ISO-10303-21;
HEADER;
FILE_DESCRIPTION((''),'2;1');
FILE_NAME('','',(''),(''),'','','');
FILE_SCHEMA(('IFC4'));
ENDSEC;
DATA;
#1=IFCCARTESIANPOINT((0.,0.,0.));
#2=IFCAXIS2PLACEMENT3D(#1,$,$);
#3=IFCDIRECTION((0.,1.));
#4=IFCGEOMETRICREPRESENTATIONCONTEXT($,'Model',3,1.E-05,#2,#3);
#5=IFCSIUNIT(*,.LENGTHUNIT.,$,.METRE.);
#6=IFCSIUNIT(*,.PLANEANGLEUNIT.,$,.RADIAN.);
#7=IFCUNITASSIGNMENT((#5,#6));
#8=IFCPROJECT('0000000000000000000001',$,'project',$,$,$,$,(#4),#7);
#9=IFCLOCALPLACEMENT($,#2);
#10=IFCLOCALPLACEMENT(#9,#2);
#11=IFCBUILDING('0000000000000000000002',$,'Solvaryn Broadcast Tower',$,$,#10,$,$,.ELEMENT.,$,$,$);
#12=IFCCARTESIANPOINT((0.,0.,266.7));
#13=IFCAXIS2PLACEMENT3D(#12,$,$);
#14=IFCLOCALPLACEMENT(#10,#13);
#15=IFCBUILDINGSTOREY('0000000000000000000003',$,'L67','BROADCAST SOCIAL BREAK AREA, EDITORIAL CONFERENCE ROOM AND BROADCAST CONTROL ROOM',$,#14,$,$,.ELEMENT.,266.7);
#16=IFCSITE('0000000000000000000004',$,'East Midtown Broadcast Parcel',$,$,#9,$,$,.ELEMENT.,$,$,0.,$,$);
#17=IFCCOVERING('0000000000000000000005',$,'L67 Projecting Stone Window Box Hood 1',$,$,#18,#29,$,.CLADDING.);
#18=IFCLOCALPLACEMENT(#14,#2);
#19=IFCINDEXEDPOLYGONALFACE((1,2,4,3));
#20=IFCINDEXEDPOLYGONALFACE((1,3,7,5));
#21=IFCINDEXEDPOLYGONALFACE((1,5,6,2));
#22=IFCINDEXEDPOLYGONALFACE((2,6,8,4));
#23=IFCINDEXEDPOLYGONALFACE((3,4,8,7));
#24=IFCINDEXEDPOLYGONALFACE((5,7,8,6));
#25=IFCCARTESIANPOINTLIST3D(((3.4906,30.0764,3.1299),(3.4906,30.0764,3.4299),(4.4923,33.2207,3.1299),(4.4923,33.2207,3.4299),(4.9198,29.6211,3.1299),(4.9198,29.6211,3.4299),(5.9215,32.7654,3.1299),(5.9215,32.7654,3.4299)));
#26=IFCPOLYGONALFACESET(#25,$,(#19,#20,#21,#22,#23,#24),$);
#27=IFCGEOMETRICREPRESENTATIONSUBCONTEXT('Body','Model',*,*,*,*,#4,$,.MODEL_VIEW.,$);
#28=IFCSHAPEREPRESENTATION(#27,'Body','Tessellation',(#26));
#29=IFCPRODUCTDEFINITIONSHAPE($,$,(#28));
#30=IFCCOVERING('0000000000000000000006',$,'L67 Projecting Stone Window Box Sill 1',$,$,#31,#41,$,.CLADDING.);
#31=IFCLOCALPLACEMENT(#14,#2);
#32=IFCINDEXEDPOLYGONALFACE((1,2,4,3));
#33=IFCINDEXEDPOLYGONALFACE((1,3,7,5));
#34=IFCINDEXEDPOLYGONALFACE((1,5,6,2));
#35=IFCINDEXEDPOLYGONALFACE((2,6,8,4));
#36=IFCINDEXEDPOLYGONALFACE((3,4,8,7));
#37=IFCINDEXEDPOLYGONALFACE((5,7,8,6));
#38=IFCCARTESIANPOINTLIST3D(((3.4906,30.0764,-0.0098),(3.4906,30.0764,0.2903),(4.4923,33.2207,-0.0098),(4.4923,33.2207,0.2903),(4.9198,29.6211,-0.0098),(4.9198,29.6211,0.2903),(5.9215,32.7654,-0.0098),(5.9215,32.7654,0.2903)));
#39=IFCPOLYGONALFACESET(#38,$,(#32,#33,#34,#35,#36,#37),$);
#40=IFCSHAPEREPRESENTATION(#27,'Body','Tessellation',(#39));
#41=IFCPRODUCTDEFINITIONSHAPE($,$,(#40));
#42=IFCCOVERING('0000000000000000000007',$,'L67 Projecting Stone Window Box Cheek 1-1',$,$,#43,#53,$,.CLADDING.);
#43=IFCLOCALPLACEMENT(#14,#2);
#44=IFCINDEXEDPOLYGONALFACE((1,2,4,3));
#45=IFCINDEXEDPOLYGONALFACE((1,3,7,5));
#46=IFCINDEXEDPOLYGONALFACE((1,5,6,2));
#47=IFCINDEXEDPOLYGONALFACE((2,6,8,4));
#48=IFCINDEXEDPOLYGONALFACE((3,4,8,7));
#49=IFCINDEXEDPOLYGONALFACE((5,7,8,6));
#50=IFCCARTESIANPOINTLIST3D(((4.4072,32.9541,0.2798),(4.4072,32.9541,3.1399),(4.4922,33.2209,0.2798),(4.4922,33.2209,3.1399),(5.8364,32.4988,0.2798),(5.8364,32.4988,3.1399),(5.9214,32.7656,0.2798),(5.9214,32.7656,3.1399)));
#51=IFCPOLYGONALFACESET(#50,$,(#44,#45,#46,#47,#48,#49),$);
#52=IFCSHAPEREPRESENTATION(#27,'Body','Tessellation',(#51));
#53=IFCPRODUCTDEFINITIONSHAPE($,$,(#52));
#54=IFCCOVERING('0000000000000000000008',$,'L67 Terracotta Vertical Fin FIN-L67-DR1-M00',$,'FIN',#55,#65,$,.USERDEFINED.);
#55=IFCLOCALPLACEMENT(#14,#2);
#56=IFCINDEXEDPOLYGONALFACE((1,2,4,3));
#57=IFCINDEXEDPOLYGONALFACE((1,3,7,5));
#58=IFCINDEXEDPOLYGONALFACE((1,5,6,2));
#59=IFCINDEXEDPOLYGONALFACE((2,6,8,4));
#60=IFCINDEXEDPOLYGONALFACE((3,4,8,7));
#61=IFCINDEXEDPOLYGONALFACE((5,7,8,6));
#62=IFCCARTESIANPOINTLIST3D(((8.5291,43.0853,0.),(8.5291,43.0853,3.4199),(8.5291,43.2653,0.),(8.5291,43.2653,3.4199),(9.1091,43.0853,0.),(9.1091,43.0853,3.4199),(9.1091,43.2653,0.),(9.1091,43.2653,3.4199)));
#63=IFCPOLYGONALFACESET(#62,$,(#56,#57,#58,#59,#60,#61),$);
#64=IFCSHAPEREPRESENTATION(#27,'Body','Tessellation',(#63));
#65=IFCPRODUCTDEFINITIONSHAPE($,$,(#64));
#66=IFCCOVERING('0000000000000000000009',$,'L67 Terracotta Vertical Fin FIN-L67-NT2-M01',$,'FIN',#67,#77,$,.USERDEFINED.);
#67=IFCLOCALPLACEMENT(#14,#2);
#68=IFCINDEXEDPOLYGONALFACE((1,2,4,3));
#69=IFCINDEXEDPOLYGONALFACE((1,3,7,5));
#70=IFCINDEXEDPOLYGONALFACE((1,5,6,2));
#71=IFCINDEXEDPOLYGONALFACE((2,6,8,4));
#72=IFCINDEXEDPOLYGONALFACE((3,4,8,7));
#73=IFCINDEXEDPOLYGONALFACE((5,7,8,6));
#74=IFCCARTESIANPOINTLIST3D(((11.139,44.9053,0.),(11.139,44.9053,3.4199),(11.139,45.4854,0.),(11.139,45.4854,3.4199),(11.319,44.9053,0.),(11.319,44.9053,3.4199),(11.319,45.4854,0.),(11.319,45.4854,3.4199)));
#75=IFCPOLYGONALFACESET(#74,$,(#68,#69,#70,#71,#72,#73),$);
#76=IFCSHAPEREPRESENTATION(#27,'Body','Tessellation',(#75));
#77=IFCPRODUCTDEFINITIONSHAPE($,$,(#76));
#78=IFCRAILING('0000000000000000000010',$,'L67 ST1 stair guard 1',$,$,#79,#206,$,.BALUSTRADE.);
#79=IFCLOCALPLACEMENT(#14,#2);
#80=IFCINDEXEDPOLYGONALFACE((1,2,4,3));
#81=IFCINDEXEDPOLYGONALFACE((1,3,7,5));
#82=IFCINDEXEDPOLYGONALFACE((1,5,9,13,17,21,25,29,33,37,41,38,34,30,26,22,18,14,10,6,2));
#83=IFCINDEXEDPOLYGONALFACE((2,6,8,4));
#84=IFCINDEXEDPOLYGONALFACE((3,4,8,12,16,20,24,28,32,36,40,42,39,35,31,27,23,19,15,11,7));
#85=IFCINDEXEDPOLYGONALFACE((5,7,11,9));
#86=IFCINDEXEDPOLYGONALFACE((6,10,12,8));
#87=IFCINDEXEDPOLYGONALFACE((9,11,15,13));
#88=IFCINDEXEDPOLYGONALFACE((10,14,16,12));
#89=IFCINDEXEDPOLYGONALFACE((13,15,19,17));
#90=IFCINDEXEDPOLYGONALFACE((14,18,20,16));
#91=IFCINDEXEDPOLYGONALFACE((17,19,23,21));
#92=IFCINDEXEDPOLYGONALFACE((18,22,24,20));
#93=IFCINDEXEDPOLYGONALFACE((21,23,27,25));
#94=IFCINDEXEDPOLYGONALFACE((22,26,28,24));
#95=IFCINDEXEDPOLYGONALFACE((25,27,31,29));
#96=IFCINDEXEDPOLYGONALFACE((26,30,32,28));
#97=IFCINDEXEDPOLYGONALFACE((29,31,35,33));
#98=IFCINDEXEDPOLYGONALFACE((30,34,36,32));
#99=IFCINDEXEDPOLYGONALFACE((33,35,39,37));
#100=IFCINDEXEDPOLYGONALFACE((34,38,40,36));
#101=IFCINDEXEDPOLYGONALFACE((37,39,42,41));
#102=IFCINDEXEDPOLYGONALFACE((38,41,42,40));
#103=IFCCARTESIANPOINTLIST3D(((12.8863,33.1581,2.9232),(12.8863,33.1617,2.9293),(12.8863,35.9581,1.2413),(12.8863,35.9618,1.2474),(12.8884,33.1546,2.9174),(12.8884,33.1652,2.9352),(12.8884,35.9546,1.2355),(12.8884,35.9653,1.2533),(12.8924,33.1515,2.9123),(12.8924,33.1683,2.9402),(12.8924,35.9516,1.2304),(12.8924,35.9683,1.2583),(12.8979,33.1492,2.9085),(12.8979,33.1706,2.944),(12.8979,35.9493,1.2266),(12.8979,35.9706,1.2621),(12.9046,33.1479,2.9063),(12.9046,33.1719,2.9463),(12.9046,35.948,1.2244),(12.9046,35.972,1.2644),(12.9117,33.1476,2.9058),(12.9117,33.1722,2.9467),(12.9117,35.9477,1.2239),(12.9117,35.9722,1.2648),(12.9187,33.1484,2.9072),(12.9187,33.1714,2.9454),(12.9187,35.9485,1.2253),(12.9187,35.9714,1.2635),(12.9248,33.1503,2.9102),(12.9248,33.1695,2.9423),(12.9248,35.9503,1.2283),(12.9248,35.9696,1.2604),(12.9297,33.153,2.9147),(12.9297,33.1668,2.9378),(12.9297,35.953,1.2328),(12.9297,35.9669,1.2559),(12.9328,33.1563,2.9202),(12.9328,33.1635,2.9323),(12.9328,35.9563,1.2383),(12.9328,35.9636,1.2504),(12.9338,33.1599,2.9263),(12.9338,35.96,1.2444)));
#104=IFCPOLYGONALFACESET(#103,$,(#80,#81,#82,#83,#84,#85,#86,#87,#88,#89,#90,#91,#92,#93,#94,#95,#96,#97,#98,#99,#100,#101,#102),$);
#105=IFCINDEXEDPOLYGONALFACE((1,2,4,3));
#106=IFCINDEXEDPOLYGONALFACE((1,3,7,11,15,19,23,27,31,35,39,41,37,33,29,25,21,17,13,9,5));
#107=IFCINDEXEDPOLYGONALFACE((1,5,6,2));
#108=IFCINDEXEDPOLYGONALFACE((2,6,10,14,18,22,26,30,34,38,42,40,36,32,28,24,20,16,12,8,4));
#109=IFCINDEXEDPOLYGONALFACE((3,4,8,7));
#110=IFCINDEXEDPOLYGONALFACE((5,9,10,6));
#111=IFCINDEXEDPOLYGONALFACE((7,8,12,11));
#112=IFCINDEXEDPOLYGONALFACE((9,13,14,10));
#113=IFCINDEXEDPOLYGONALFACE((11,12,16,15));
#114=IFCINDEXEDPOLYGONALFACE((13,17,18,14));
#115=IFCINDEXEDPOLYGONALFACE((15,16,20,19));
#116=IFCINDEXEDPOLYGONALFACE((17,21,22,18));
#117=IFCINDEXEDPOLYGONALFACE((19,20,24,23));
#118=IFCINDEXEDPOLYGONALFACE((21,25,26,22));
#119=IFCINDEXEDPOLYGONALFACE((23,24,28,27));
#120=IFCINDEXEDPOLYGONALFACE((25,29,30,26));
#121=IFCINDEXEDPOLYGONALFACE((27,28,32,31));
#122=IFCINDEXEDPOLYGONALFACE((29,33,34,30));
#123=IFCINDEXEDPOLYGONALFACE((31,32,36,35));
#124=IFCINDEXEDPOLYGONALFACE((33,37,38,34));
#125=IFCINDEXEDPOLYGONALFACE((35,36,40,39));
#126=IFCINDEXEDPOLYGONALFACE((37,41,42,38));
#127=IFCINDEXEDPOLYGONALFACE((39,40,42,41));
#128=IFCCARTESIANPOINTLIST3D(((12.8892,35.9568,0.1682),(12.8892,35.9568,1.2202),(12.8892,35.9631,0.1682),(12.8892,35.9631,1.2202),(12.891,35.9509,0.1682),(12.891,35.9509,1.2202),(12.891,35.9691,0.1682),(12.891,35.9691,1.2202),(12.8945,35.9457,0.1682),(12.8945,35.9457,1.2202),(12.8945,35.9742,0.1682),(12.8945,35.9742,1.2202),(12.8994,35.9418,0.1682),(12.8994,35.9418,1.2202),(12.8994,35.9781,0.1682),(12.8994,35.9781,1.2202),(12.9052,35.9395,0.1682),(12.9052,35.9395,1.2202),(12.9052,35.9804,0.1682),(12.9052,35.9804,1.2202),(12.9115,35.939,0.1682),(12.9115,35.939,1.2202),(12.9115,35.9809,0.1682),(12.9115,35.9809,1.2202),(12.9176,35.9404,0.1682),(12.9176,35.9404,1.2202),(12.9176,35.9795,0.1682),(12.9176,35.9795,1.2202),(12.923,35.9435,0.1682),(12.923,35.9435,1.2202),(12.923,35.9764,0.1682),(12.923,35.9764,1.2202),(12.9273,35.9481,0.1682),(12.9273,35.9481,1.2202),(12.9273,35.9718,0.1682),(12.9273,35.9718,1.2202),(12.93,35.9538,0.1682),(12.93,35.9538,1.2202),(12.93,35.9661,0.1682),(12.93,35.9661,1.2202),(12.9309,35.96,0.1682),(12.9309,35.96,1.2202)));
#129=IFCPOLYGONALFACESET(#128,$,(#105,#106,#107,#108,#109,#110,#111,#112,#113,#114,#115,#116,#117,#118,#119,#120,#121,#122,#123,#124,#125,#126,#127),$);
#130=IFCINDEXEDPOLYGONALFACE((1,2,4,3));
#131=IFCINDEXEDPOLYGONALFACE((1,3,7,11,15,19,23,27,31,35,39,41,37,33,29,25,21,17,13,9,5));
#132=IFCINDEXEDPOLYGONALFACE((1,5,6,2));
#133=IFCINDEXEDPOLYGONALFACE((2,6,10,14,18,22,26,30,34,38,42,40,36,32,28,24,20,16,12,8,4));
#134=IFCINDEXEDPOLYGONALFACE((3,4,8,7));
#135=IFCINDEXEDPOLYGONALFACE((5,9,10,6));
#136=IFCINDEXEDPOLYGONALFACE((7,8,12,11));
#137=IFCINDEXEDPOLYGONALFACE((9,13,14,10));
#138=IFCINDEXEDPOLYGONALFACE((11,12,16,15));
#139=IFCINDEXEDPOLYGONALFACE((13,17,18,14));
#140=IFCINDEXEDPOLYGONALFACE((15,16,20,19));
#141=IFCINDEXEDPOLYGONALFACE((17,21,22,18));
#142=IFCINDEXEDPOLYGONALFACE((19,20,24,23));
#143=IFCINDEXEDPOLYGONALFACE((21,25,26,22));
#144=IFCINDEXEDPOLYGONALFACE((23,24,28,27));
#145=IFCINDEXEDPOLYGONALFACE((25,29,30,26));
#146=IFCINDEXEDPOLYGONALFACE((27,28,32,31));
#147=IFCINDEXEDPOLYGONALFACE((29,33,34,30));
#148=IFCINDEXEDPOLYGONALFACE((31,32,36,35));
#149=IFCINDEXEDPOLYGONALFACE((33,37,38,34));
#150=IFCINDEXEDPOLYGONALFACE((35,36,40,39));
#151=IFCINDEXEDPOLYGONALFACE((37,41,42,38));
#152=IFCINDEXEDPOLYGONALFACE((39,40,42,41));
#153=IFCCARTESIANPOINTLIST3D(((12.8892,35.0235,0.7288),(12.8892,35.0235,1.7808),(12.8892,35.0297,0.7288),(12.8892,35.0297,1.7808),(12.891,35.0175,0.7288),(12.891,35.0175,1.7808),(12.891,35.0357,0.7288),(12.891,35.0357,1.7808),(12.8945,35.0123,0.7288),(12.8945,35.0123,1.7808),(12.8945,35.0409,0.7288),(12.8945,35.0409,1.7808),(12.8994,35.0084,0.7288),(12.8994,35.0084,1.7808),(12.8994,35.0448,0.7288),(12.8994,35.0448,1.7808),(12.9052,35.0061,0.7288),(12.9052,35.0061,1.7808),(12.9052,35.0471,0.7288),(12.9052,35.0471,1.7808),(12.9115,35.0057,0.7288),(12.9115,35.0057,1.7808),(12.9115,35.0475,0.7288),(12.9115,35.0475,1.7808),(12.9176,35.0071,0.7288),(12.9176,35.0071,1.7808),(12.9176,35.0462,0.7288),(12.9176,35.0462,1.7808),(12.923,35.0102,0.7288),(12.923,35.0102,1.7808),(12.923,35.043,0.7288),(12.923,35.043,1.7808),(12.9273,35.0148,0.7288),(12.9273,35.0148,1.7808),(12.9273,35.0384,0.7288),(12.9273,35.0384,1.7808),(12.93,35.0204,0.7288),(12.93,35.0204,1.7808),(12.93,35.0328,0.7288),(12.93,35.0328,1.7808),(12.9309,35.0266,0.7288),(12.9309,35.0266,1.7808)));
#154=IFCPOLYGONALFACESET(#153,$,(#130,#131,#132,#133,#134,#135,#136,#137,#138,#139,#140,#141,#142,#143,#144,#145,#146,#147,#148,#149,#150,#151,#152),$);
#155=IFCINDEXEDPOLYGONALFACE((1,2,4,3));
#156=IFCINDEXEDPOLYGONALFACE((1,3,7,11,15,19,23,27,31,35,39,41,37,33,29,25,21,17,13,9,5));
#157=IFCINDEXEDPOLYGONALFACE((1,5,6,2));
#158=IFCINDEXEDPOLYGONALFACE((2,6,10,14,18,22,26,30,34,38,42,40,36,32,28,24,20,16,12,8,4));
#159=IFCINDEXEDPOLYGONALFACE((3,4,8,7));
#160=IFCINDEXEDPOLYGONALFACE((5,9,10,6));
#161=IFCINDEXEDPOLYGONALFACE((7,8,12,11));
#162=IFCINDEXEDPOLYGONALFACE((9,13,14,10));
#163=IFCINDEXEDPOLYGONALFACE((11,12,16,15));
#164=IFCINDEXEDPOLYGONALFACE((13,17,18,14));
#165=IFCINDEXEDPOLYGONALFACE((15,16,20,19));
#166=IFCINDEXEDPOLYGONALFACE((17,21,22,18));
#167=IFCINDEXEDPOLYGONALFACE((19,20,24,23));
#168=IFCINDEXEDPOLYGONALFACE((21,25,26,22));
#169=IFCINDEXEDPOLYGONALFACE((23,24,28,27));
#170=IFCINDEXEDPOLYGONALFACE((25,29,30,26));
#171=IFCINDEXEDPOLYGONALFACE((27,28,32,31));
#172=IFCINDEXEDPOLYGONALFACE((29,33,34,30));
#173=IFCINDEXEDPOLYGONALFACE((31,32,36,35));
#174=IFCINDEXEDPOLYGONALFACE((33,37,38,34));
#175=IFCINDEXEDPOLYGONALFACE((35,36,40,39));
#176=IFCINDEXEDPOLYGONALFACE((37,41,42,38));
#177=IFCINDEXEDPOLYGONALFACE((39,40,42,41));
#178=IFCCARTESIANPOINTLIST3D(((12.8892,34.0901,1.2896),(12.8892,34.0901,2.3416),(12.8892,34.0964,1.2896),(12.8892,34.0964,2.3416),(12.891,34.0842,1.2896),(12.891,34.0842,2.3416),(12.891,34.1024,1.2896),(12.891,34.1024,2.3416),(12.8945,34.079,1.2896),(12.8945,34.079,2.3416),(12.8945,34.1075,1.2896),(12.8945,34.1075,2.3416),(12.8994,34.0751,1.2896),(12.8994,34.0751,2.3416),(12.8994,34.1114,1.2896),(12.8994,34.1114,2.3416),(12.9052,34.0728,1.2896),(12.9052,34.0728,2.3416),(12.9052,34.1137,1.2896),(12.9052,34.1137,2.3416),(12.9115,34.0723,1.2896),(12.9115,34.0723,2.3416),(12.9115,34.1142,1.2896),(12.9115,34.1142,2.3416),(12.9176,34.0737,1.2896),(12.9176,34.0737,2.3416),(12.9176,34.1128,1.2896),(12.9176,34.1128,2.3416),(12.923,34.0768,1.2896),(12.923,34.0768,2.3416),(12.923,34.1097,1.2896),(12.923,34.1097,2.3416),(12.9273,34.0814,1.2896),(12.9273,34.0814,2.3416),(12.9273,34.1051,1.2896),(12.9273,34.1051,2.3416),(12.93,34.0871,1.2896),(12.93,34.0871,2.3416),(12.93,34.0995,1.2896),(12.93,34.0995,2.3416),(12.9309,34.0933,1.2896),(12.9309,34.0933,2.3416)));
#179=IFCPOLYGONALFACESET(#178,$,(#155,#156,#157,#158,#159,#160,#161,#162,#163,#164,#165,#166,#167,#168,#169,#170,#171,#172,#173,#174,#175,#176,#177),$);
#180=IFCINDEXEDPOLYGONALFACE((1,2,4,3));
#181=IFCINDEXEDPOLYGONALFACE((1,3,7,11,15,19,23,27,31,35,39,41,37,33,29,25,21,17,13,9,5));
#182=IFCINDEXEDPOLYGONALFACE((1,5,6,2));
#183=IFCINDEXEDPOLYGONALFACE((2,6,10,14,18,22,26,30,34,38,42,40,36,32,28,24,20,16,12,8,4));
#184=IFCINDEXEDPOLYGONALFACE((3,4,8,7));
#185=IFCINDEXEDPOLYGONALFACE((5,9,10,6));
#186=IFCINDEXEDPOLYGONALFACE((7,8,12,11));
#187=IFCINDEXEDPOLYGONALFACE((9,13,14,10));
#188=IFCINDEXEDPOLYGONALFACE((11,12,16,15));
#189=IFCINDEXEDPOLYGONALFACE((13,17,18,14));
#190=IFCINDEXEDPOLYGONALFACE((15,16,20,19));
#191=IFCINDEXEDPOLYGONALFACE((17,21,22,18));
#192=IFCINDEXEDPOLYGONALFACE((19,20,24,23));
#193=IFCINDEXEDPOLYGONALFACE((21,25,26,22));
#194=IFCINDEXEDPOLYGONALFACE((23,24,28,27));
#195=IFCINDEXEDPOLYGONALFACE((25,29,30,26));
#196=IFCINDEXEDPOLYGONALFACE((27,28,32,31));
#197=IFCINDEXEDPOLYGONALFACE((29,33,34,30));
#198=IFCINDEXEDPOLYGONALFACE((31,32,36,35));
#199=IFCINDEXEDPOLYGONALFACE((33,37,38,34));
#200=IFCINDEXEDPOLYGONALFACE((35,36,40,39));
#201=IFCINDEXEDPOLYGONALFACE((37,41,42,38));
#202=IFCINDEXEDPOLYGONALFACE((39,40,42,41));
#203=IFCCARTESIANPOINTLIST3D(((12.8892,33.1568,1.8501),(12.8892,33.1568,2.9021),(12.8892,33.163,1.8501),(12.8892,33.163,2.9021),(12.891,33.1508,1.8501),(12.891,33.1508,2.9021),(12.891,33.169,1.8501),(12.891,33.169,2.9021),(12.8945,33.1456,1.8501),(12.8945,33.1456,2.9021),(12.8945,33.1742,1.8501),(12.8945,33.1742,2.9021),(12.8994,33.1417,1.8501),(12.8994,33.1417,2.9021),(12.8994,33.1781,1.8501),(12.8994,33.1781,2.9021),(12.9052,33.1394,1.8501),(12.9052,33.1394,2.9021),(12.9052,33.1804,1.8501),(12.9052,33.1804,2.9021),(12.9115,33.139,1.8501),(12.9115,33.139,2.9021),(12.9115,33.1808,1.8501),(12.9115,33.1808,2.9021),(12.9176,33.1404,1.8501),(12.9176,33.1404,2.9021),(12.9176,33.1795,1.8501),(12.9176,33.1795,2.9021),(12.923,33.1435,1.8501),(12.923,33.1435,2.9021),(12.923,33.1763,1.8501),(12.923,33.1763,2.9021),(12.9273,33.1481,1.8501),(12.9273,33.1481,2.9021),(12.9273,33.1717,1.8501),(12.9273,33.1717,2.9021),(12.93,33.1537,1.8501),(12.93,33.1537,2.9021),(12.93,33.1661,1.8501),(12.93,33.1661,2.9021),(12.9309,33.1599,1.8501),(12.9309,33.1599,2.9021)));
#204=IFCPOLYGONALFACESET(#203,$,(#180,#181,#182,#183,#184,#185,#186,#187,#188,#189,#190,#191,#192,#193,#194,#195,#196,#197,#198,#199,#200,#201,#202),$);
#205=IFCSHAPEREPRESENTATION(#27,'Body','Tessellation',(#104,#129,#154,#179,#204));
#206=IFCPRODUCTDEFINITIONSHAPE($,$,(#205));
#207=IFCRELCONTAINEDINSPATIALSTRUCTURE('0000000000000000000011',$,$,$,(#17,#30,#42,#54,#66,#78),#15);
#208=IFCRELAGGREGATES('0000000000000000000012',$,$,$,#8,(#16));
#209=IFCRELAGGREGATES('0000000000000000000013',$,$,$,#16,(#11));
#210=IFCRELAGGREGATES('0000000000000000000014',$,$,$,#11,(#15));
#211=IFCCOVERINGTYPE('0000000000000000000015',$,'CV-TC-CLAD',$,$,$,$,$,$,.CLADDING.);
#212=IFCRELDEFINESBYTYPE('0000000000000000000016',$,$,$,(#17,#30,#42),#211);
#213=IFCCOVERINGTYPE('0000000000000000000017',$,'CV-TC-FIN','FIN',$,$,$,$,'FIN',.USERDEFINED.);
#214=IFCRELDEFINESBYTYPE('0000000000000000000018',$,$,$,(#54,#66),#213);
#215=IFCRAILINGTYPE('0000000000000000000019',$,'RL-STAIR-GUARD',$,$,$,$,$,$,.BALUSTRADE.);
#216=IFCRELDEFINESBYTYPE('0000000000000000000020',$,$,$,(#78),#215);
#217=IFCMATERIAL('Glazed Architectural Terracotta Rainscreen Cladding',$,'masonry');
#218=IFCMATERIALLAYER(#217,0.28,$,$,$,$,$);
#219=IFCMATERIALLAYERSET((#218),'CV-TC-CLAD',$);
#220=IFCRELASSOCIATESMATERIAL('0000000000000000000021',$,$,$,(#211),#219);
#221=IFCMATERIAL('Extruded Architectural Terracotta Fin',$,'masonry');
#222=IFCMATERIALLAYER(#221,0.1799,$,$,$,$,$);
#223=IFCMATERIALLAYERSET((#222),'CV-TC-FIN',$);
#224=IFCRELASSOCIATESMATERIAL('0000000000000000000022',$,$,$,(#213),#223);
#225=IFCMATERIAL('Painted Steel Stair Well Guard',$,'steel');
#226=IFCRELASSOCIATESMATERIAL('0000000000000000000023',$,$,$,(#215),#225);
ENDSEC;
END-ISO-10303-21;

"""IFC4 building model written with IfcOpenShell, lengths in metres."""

from ifc_helpers import new_model, si_unit, direction, frame, origin, origin_2d, place, context, subcontext, project, spatial, rectangle, circle, extrude, material, layer, layer_set, type_object, element, save


model = new_model("IFC4")

# Units and contexts
model_context = context("Model", 3, precision=1e-05, world=origin(), true_north=direction((0.0, 1.0)))
body_context = subcontext(model_context, "Body", "Model", "MODEL_VIEW")
ifc_project = project(units=[si_unit("LENGTHUNIT", "METRE"), si_unit("PLANEANGLEUNIT", "RADIAN")], contexts=[model_context])

# Site, building, storey
site_placement = place(None, origin())
site = spatial("IfcSite", under=ifc_project, at=site_placement, Name="East Midtown Broadcast Parcel", CompositionType="ELEMENT", RefElevation=0.0)
building_placement = place(site_placement, origin())
building = spatial("IfcBuilding", under=site, at=building_placement, Name="Solvaryn Broadcast Tower", CompositionType="ELEMENT")
storey_placement = place(building_placement, frame((0.0, 0.0, 266.7)))
storey = spatial("IfcBuildingStorey", under=building, at=storey_placement, Name="L67", Description="BROADCAST SOCIAL BREAK AREA, EDITORIAL CONFERENCE ROOM AND BROADCAST CONTROL ROOM", CompositionType="ELEMENT", Elevation=266.7)

# Coverings
ifc_material_1 = material(Name="Glazed Architectural Terracotta Rainscreen Cladding", Category="masonry")
ifc_layer_1 = layer(ifc_material_1, 0.28)
ifc_layer_set_1 = layer_set([ifc_layer_1], Name="CV-TC-CLAD")
covering_type_1 = type_object("IfcCoveringType", Name="CV-TC-CLAD", PredefinedType="CLADDING", material=ifc_layer_set_1)
for number, where, z_axis, x_axis, name in (
    (1, (4.7061, 31.4209, 3.1299), (0.0, 0.0, 1.0), (-0.303534, -0.952821, 0.0), "L67 Projecting Stone Window Box Hood 1"),
    (2, (4.7061, 31.4209, -0.0098), (0.0, 0.0, 1.0), (-0.303534, -0.952821, 0.0), "L67 Projecting Stone Window Box Sill 1"),
):
    element("IfcCovering", number, at=place(storey_placement, frame(where, z_axis=z_axis, x_axis=x_axis)), inside=storey, type_object=covering_type_1, Name=name, PredefinedType="CLADDING", context=body_context, shape_type="SweptSolid", body=[
        extrude(rectangle(XDim=3.3, YDim=1.5, at=origin_2d()), origin(), (0.0, 0.0, 1.0), 0.3),
    ])
covering_1_placement = place(storey_placement, frame((5.1643, 32.8599, 0.2798), z_axis=(0.0, 0.0, 1.0), x_axis=(-0.303534, -0.952821, 0.0)))
element("IfcCovering", 3, at=covering_1_placement, inside=storey, type_object=covering_type_1, Name="L67 Projecting Stone Window Box Cheek 1-1", PredefinedType="CLADDING", context=body_context, shape_type="SweptSolid", body=[
    extrude(rectangle(XDim=0.28, YDim=1.5, at=origin_2d()), origin(), (0.0, 0.0, 1.0), 2.8601),
])
ifc_material_2 = material(Name="Extruded Architectural Terracotta Fin", Category="masonry")
ifc_layer_2 = layer(ifc_material_2, 0.1799)
ifc_layer_set_2 = layer_set([ifc_layer_2], Name="CV-TC-FIN")
covering_type_2 = type_object("IfcCoveringType", Name="CV-TC-FIN", Description="FIN", ElementType="FIN", PredefinedType="USERDEFINED", material=ifc_layer_set_2)
covering_2_placement = place(storey_placement, frame((8.8191, 43.1753, 0.0), z_axis=(0.0, 0.0, 1.0), x_axis=(1.0, 0.0, 0.0)))
element("IfcCovering", 4, at=covering_2_placement, inside=storey, type_object=covering_type_2, Name="L67 Terracotta Vertical Fin FIN-L67-DR1-M00", ObjectType="FIN", PredefinedType="USERDEFINED", context=body_context, shape_type="SweptSolid", body=[
    extrude(rectangle(XDim=0.5801, YDim=0.1799, at=origin_2d()), origin(), (0.0, 0.0, 1.0), 3.4199),
])
covering_3_placement = place(storey_placement, frame((11.229, 45.1953, 0.0), z_axis=(0.0, 0.0, 1.0), x_axis=(1.0, 0.0, 0.0)))
element("IfcCovering", 5, at=covering_3_placement, inside=storey, type_object=covering_type_2, Name="L67 Terracotta Vertical Fin FIN-L67-NT2-M01", ObjectType="FIN", PredefinedType="USERDEFINED", context=body_context, shape_type="SweptSolid", body=[
    extrude(rectangle(XDim=0.1799, YDim=0.5801, at=origin_2d()), origin(), (0.0, 0.0, 1.0), 3.4199),
])

# Railing
ifc_material_3 = material(Name="Painted Steel Stair Well Guard", Category="steel")
railing_type_1 = type_object("IfcRailingType", Name="RL-STAIR-GUARD", PredefinedType="BALUSTRADE", material=ifc_material_3)
railing_1_placement = place(storey_placement, frame((12.9099, 35.96, 0.1682)))
element("IfcRailing", 6, at=railing_1_placement, inside=storey, type_object=railing_type_1, Name="L67 ST1 stair guard 1", PredefinedType="BALUSTRADE", context=body_context, shape_type="SweptSolid", body=[
    extrude(circle(Radius=0.0239, at=origin_2d()), frame((0.0, 0.0, 1.0762), z_axis=(0.0, -0.857242, 0.514913), x_axis=(1.0, 0.0, 0.0)), (0.0, 0.0, 1.0), 3.2664),
    extrude(circle(Radius=0.021, at=origin_2d()), origin(), (0.0, 0.0, 1.0), 1.052),
    extrude(circle(Radius=0.021, at=origin_2d()), frame((0.0, -0.9333, 0.5605)), (0.0, 0.0, 1.0), 1.052),
    extrude(circle(Radius=0.021, at=origin_2d()), frame((0.0, -1.8667, 1.1213)), (0.0, 0.0, 1.0), 1.052),
    extrude(circle(Radius=0.021, at=origin_2d()), frame((0.0, -2.8, 1.6819)), (0.0, 0.0, 1.0), 1.052),
])

save(model, "model.ifc")
